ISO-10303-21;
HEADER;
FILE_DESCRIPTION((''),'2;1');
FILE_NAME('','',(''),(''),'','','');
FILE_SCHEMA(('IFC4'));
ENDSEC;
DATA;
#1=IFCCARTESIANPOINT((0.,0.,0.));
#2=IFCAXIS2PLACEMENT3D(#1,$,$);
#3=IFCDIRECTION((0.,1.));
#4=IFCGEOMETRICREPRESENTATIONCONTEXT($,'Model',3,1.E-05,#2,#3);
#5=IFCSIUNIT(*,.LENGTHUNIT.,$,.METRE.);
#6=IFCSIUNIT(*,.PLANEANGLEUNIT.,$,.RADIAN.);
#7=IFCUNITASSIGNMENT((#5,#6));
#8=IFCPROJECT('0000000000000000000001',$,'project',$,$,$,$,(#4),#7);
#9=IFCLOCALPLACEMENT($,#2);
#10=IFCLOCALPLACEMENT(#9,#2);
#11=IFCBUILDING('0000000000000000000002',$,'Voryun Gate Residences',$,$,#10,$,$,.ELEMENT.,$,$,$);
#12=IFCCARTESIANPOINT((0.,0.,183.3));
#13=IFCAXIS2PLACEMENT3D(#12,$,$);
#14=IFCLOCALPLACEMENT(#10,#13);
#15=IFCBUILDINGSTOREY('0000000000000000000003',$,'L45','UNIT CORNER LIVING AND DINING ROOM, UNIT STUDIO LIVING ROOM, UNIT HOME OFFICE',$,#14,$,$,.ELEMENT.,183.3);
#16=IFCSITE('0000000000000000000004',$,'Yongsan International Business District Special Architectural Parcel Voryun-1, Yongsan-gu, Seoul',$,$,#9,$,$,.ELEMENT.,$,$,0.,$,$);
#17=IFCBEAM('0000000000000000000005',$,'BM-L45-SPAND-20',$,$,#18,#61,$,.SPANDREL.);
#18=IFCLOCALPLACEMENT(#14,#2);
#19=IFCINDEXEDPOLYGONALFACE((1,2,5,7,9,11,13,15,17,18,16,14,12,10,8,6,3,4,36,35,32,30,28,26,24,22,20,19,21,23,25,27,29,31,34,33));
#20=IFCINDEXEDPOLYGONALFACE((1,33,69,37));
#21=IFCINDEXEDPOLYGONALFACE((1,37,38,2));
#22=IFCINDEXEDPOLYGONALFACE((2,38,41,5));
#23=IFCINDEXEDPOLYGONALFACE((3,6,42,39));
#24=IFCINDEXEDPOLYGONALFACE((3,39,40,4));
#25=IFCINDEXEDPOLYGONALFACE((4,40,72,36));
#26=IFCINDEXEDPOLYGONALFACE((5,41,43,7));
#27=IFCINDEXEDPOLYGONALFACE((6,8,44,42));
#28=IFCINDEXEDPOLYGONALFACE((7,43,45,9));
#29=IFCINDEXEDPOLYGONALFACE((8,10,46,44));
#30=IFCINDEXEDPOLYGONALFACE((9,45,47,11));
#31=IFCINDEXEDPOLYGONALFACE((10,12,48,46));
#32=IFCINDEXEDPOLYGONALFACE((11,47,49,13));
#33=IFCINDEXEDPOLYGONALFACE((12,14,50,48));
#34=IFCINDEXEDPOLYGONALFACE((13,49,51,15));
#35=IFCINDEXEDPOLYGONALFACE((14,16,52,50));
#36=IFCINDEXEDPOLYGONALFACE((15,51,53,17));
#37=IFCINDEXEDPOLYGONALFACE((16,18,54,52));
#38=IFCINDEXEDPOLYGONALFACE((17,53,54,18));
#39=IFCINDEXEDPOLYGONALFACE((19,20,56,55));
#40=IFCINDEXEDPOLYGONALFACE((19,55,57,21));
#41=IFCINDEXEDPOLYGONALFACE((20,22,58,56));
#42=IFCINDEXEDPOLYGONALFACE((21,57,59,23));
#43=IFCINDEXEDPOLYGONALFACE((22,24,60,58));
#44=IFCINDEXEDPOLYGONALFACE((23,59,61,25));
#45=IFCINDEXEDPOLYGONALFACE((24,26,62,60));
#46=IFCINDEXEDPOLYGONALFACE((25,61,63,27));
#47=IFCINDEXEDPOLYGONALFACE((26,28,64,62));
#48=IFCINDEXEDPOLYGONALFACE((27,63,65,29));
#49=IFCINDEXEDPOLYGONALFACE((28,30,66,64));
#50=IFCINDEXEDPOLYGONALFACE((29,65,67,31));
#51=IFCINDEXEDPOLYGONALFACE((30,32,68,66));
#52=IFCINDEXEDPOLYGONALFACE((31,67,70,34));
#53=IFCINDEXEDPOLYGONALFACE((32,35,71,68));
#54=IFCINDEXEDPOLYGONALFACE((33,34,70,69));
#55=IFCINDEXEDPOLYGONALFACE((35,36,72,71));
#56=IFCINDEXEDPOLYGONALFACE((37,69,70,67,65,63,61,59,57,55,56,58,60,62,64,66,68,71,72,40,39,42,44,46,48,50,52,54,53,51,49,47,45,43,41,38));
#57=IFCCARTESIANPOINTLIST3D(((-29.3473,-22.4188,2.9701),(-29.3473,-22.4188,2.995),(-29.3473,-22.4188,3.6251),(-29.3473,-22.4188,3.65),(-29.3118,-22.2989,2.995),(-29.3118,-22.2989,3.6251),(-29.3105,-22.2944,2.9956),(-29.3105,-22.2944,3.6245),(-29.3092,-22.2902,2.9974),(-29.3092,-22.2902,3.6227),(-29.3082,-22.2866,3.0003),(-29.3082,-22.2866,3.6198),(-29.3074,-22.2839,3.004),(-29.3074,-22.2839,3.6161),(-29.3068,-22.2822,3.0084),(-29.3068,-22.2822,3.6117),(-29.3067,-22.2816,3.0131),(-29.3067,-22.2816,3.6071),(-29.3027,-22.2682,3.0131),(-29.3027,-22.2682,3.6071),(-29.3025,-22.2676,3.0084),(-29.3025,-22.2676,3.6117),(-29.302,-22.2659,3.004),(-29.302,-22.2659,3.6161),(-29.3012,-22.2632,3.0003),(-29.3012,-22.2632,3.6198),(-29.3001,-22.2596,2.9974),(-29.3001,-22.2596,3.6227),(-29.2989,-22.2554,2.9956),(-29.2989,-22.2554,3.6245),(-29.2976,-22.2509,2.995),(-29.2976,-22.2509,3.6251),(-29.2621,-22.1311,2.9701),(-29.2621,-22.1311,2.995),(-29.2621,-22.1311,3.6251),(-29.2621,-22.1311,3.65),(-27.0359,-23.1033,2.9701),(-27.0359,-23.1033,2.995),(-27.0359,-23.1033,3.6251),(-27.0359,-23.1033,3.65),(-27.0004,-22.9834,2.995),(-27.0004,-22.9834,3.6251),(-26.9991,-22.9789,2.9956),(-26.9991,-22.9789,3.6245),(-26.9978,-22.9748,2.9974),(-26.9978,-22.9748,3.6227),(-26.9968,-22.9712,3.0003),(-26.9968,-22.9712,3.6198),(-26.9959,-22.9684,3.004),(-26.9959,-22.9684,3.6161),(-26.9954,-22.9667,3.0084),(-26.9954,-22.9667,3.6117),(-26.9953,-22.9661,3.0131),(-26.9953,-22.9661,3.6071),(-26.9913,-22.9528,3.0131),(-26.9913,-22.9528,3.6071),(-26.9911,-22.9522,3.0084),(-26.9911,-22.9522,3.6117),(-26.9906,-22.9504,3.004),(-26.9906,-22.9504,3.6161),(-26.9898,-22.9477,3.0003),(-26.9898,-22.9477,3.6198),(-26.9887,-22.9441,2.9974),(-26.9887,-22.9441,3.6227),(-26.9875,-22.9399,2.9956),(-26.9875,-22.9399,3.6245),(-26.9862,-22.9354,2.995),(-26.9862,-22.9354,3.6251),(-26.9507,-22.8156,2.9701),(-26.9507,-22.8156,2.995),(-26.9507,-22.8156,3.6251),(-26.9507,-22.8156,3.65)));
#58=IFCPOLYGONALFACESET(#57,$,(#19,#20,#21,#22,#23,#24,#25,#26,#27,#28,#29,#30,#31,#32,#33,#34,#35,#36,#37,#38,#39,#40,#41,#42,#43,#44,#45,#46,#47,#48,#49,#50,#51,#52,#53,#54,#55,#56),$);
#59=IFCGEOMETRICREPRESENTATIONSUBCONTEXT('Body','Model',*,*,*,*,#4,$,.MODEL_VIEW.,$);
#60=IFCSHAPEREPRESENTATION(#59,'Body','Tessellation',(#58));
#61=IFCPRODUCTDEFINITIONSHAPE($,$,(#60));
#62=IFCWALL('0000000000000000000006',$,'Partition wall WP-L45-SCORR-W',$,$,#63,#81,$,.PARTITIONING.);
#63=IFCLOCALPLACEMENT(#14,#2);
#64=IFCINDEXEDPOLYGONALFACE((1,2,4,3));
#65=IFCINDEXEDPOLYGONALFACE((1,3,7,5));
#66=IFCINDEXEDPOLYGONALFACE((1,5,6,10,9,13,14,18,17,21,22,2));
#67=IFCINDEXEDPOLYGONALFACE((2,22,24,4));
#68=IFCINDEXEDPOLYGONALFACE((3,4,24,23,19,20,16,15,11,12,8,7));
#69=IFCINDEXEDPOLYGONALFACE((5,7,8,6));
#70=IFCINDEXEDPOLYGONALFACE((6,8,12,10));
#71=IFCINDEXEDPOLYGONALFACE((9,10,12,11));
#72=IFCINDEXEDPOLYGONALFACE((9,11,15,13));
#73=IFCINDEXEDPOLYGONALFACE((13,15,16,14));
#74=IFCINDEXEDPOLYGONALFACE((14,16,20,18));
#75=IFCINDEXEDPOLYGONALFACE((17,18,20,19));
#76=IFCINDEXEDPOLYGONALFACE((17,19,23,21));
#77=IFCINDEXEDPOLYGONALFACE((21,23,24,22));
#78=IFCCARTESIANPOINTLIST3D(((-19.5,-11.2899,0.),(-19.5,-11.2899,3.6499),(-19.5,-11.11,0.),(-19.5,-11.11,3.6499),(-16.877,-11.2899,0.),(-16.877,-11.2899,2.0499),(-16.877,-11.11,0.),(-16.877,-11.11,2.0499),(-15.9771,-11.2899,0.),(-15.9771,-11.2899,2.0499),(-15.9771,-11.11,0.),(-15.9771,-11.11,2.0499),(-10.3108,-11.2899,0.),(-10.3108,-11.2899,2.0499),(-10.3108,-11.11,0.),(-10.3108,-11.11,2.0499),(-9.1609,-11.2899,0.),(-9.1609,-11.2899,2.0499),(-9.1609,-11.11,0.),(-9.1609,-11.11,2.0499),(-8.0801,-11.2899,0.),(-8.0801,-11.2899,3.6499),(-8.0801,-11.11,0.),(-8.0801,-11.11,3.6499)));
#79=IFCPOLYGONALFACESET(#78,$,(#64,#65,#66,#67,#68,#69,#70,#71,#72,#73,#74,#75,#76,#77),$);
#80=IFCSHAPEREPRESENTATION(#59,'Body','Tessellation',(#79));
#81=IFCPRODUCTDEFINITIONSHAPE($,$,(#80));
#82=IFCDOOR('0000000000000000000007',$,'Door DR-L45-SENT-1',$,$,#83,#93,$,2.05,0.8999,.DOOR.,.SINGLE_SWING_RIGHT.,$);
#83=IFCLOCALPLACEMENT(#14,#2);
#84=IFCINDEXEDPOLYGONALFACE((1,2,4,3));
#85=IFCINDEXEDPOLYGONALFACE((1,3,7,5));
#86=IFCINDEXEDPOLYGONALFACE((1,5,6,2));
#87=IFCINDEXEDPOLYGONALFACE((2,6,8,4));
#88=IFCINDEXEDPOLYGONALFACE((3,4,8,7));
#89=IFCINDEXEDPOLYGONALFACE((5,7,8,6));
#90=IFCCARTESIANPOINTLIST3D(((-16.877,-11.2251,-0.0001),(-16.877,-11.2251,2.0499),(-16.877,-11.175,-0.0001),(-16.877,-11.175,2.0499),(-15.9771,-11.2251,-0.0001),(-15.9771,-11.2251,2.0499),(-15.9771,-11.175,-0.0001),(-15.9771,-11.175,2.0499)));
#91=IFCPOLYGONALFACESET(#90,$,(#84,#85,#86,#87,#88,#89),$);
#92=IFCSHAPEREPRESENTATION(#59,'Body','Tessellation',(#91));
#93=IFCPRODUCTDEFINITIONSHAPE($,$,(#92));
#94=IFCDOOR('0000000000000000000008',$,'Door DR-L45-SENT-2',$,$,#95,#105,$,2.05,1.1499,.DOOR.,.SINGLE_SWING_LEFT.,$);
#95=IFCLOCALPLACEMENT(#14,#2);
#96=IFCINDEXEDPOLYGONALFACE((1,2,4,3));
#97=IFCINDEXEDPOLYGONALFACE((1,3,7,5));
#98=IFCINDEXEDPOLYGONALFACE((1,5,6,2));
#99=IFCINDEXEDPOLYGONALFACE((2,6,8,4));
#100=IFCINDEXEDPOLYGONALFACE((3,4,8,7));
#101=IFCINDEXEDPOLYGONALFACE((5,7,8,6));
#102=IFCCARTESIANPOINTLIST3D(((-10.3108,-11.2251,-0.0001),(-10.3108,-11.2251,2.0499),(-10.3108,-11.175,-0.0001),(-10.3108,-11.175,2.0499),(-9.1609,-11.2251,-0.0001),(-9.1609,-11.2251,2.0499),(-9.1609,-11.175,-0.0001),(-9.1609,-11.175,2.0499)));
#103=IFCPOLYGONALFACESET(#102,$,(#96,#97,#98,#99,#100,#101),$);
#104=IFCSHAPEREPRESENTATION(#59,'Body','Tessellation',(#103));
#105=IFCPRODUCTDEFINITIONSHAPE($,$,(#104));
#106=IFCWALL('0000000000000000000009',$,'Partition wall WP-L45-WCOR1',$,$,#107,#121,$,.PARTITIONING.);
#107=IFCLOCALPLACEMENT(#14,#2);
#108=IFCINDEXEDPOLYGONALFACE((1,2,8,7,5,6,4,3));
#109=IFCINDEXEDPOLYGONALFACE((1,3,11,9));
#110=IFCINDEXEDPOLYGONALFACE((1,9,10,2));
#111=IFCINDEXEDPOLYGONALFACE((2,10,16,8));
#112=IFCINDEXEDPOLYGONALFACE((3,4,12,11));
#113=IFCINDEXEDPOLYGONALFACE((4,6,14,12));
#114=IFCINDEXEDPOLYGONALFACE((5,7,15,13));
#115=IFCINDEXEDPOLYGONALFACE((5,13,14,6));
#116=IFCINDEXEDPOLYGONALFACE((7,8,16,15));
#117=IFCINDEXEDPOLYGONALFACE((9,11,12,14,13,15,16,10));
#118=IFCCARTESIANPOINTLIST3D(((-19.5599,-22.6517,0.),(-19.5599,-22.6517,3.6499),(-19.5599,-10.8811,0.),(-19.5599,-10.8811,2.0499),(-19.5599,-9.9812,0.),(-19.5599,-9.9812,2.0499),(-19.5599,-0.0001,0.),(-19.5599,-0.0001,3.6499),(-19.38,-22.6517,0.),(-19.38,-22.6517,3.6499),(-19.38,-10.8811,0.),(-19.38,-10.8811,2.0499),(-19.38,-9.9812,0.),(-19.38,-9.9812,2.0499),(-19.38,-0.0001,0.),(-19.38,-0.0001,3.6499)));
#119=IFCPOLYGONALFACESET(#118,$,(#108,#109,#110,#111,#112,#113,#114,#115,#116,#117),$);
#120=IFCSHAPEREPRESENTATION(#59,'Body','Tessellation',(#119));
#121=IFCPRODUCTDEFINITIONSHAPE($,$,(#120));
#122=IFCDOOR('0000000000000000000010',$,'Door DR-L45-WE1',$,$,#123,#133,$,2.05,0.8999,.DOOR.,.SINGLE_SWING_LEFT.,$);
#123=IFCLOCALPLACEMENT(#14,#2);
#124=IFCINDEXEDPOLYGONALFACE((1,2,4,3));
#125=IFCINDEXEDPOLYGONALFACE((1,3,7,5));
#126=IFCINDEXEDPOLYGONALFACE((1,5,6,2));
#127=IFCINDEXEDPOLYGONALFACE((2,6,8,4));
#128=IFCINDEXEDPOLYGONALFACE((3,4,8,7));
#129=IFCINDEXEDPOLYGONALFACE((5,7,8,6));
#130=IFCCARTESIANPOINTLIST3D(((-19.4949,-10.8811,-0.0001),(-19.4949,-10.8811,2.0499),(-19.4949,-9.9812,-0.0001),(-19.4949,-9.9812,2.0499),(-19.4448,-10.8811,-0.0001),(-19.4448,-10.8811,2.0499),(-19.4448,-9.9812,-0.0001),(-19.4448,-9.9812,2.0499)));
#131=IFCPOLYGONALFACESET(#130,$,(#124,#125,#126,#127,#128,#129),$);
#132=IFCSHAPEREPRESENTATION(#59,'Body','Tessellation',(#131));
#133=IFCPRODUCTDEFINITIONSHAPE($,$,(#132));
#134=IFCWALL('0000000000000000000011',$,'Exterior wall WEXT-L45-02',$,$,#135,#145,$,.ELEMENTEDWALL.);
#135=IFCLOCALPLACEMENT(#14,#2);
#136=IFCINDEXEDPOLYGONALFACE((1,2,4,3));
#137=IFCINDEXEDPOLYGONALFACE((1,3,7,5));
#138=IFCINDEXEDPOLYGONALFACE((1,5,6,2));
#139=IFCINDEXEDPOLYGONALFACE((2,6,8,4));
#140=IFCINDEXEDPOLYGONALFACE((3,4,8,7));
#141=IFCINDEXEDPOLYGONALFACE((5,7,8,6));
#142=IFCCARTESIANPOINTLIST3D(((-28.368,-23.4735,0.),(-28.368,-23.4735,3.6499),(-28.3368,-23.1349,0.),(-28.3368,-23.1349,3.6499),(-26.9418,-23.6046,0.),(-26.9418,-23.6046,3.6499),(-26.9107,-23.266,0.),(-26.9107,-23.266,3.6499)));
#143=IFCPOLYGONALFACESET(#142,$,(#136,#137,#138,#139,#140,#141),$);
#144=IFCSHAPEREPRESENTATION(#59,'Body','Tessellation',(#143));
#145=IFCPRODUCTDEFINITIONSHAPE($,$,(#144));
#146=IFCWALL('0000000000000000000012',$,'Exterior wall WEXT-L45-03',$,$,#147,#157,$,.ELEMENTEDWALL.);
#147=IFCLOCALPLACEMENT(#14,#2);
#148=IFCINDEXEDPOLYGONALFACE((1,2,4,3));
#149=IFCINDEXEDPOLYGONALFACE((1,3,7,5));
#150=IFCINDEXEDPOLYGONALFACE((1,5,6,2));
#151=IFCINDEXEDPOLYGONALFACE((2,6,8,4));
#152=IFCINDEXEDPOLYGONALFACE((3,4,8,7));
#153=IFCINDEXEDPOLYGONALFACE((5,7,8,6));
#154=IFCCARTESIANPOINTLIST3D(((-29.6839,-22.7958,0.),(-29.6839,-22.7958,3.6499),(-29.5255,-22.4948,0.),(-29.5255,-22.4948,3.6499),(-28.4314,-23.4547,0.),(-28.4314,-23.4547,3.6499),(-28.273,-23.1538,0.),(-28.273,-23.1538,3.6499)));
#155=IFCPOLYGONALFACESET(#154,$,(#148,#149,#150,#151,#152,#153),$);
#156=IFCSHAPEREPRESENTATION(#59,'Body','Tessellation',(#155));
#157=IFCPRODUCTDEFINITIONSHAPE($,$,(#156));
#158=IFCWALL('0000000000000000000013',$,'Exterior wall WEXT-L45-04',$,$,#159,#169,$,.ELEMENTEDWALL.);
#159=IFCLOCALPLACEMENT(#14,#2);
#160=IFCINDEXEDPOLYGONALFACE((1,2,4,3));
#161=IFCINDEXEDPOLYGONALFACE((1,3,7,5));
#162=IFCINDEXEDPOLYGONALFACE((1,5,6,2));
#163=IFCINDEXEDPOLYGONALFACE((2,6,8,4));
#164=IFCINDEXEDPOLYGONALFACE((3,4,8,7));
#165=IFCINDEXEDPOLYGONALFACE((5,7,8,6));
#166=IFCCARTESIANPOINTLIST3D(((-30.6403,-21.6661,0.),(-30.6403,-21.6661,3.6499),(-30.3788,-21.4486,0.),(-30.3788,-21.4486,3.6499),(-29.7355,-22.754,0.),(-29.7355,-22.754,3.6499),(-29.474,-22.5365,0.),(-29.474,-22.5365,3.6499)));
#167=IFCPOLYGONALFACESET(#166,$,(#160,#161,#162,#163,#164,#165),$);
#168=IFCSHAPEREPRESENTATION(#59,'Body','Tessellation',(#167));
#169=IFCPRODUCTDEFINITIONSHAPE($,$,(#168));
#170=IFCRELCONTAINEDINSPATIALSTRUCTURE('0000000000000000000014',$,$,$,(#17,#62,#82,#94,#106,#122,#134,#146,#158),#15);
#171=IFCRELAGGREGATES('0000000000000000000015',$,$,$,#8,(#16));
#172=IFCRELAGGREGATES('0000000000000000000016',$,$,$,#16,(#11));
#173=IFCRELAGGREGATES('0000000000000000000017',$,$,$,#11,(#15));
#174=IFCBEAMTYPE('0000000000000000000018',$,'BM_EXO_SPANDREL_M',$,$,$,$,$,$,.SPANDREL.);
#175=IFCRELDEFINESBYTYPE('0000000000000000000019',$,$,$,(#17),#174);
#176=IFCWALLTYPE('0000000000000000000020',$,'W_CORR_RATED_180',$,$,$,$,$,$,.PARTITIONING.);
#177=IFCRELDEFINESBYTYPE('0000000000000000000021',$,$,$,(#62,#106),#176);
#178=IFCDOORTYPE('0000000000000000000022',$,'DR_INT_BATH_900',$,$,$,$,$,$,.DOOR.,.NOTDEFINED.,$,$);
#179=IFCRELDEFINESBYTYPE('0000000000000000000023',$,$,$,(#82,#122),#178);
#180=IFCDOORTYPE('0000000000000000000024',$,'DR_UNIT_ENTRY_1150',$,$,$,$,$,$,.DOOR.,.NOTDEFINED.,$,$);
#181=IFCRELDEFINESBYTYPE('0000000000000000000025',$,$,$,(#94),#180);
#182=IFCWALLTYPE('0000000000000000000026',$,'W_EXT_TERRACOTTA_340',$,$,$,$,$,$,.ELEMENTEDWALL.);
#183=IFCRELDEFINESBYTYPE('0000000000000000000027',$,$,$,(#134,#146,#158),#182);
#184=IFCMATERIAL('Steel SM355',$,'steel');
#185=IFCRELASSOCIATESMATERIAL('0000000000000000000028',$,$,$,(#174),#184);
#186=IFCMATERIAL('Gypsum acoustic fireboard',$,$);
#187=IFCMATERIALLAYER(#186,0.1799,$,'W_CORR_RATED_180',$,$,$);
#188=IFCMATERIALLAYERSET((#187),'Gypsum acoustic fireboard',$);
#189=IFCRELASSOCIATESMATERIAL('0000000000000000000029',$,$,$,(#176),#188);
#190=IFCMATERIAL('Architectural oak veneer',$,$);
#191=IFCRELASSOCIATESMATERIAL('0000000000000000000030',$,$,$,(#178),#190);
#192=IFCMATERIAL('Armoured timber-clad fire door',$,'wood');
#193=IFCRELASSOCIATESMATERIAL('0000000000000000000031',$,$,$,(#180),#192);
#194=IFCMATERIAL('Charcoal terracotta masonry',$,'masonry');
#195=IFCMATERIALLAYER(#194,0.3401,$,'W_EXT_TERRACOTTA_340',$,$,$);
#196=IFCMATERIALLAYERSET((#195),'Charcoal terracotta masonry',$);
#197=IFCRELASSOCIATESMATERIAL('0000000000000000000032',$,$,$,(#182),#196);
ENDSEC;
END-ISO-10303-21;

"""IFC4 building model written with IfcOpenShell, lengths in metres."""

from ifc_helpers import new_model, si_unit, direction, frame, frame_2d, origin, origin_2d, place, context, subcontext, project, spatial, rectangle, i_section, extrude, material, layer, layer_set, material_profile, profile_set, type_object, element, fill, save


model = new_model("IFC4")

# Units and contexts
model_context = context("Model", 3, precision=1e-05, world=origin(), true_north=direction((0.0, 1.0)))
body_context = subcontext(model_context, "Body", "Model", "MODEL_VIEW")
ifc_project = project(units=[si_unit("LENGTHUNIT", "METRE"), si_unit("PLANEANGLEUNIT", "RADIAN")], contexts=[model_context])

# Site, building, storey
site_placement = place(None, origin())
site = spatial("IfcSite", under=ifc_project, at=site_placement, Name="Yongsan International Business District Special Architectural Parcel Voryun-1, Yongsan-gu, Seoul", CompositionType="ELEMENT", RefElevation=0.0)
building_placement = place(site_placement, origin())
building = spatial("IfcBuilding", under=site, at=building_placement, Name="Voryun Gate Residences", CompositionType="ELEMENT")
storey_placement = place(building_placement, frame((0.0, 0.0, 183.3)))
storey = spatial("IfcBuildingStorey", under=building, at=storey_placement, Name="L45", Description="UNIT CORNER LIVING AND DINING ROOM, UNIT STUDIO LIVING ROOM, UNIT HOME OFFICE", CompositionType="ELEMENT", Elevation=183.3)

# Beam
ifc_material_1 = material(Name="Steel SM355", Category="steel")
ifc_material_profile_1 = material_profile(ifc_material_1, i_section(OverallWidth=0.3, OverallDepth=0.6799, WebThickness=0.0139, FlangeThickness=0.0249, FilletRadius=0.0181, at=origin_2d()), Name="H-680x300x14x25")
ifc_profile_set_1 = profile_set([ifc_material_profile_1], Name="Steel SM355")
beam_type = type_object("IfcBeamType", Name="BM_EXO_SPANDREL_M", PredefinedType="SPANDREL", material=ifc_profile_set_1)
beam_1_placement = place(storey_placement, frame((-29.3047, -22.2749, 3.3101), z_axis=(0.958835, -0.283964, 0.0), x_axis=(0.283964, 0.958835, 0.0)))
element("IfcBeam", 1, at=beam_1_placement, inside=storey, type_object=beam_type, Name="BM-L45-SPAND-20", PredefinedType="SPANDREL", context=body_context, shape_type="SweptSolid", body=[
    extrude(i_section(OverallWidth=0.3, OverallDepth=0.6799, WebThickness=0.0139, FlangeThickness=0.0249, FilletRadius=0.0181, at=origin_2d()), origin(), (0.0, 0.0, 1.0), 2.4106),
])

# Wall, openings, doors
ifc_material_2 = material(Name="Gypsum acoustic fireboard")
ifc_layer_1 = layer(ifc_material_2, 0.1799, Name="W_CORR_RATED_180")
ifc_layer_set_1 = layer_set([ifc_layer_1], Name="Gypsum acoustic fireboard")
wall_type_1 = type_object("IfcWallType", Name="W_CORR_RATED_180", PredefinedType="PARTITIONING", material=ifc_layer_set_1)
wall_1_placement = place(storey_placement, frame((-19.5, -11.2, 0.0), z_axis=(0.0, 0.0, 1.0), x_axis=(1.0, 0.0, 0.0)))
wall_1 = element("IfcWall", 2, at=wall_1_placement, inside=storey, type_object=wall_type_1, Name="Partition wall WP-L45-SCORR-W", PredefinedType="PARTITIONING", context=body_context, shape_type="SweptSolid", body=[
    extrude(rectangle(XDim=11.4199, YDim=0.1799, at=frame_2d((5.71, 0.0))), origin(), (0.0, 0.0, 1.0), 3.6499),
])
opening_1_placement = place(wall_1_placement, frame((2.623, 0.0, 0.0)))
opening_1 = element("IfcOpeningElement", 3, at=opening_1_placement, cuts=wall_1, PredefinedType="OPENING", context=body_context, shape_type="SweptSolid", body=[
    extrude(rectangle(XDim=0.8999, YDim=2.05, at=frame_2d((0.45, 1.0249))), frame((0.0, 0.0999, 0.0), z_axis=(0.0, -1.0, 0.0), x_axis=(1.0, 0.0, 0.0)), (0.0, 0.0, 1.0), 0.2),
])
opening_2_placement = place(wall_1_placement, frame((9.1892, 0.0, 0.0)))
opening_2 = element("IfcOpeningElement", 4, at=opening_2_placement, cuts=wall_1, PredefinedType="OPENING", context=body_context, shape_type="SweptSolid", body=[
    extrude(rectangle(XDim=1.1499, YDim=2.05, at=frame_2d((0.575, 1.0249))), frame((0.0, 0.0999, 0.0), z_axis=(0.0, -1.0, 0.0), x_axis=(1.0, 0.0, 0.0)), (0.0, 0.0, 1.0), 0.2),
])
ifc_material_3 = material(Name="Architectural oak veneer")
door_type_1 = type_object("IfcDoorType", Name="DR_INT_BATH_900", OperationType="NOTDEFINED", PredefinedType="DOOR", material=ifc_material_3)
door_1_placement = place(opening_1_placement, origin())
door_1 = element("IfcDoor", 5, at=door_1_placement, inside=storey, type_object=door_type_1, Name="Door DR-L45-SENT-1", OperationType="SINGLE_SWING_RIGHT", OverallHeight=2.05, OverallWidth=0.8999, PredefinedType="DOOR", context=body_context, shape_type="SweptSolid", body=[
    extrude(rectangle(XDim=0.8999, YDim=2.05, at=frame_2d((0.45, 1.0249))), frame((0.0, 0.0249, 0.0), z_axis=(0.0, -1.0, 0.0), x_axis=(1.0, 0.0, 0.0)), (0.0, 0.0, 1.0), 0.05),
])
fill(opening_1, door_1)
ifc_material_4 = material(Name="Armoured timber-clad fire door", Category="wood")
door_type_2 = type_object("IfcDoorType", Name="DR_UNIT_ENTRY_1150", OperationType="NOTDEFINED", PredefinedType="DOOR", material=ifc_material_4)
door_2_placement = place(opening_2_placement, origin())
door_2 = element("IfcDoor", 6, at=door_2_placement, inside=storey, type_object=door_type_2, Name="Door DR-L45-SENT-2", OperationType="SINGLE_SWING_LEFT", OverallHeight=2.05, OverallWidth=1.1499, PredefinedType="DOOR", context=body_context, shape_type="SweptSolid", body=[
    extrude(rectangle(XDim=1.1499, YDim=2.05, at=frame_2d((0.575, 1.0249))), frame((0.0, 0.0249, 0.0), z_axis=(0.0, -1.0, 0.0), x_axis=(1.0, 0.0, 0.0)), (0.0, 0.0, 1.0), 0.05),
])
fill(opening_2, door_2)

# Wall, opening, door
wall_2_placement = place(storey_placement, frame((-19.47, -22.6516, 0.0), z_axis=(0.0, 0.0, 1.0), x_axis=(0.0, 1.0, 0.0)))
wall_2 = element("IfcWall", 7, at=wall_2_placement, inside=storey, type_object=wall_type_1, Name="Partition wall WP-L45-WCOR1", PredefinedType="PARTITIONING", context=body_context, shape_type="SweptSolid", body=[
    extrude(rectangle(XDim=22.6516, YDim=0.1799, at=frame_2d((11.3257, 0.0))), origin(), (0.0, 0.0, 1.0), 3.6499),
])
opening_3_placement = place(wall_2_placement, frame((11.7705, 0.0, 0.0)))
opening_3 = element("IfcOpeningElement", 8, at=opening_3_placement, cuts=wall_2, PredefinedType="OPENING", context=body_context, shape_type="SweptSolid", body=[
    extrude(rectangle(XDim=0.8999, YDim=2.05, at=frame_2d((0.45, 1.0249))), frame((0.0, 0.0999, 0.0), z_axis=(0.0, -1.0, 0.0), x_axis=(1.0, 0.0, 0.0)), (0.0, 0.0, 1.0), 0.2),
])
door_3_placement = place(opening_3_placement, origin())
door_3 = element("IfcDoor", 9, at=door_3_placement, inside=storey, type_object=door_type_1, Name="Door DR-L45-WE1", OperationType="SINGLE_SWING_LEFT", OverallHeight=2.05, OverallWidth=0.8999, PredefinedType="DOOR", context=body_context, shape_type="SweptSolid", body=[
    extrude(rectangle(XDim=0.8999, YDim=2.05, at=frame_2d((0.45, 1.0249))), frame((0.0, 0.0249, 0.0), z_axis=(0.0, -1.0, 0.0), x_axis=(1.0, 0.0, 0.0)), (0.0, 0.0, 1.0), 0.05),
])
fill(opening_3, door_3)

# Walls
ifc_material_5 = material(Name="Charcoal terracotta masonry", Category="masonry")
ifc_layer_2 = layer(ifc_material_5, 0.3401, Name="W_EXT_TERRACOTTA_340")
ifc_layer_set_2 = layer_set([ifc_layer_2], Name="Charcoal terracotta masonry")
wall_type_2 = type_object("IfcWallType", Name="W_EXT_TERRACOTTA_340", PredefinedType="ELEMENTEDWALL", material=ifc_layer_set_2)
wall_3_placement = place(storey_placement, frame((-26.9263, -23.4353, 0.0), z_axis=(0.0, 0.0, 1.0), x_axis=(-0.9958, 0.09155, 0.0)))
element("IfcWall", 10, at=wall_3_placement, inside=storey, type_object=wall_type_2, Name="Exterior wall WEXT-L45-02", PredefinedType="ELEMENTEDWALL", context=body_context, shape_type="SweptSolid", body=[
    extrude(rectangle(XDim=1.4321, YDim=0.3401, at=frame_2d((0.7161, 0.0))), origin(), (0.0, 0.0, 1.0), 3.6499),
])
wall_4_placement = place(storey_placement, frame((-28.3523, -23.3042, 0.0), z_axis=(0.0, 0.0, 1.0), x_axis=(-0.884989, 0.465611, 0.0)))
element("IfcWall", 11, at=wall_4_placement, inside=storey, type_object=wall_type_2, Name="Exterior wall WEXT-L45-03", PredefinedType="ELEMENTEDWALL", context=body_context, shape_type="SweptSolid", body=[
    extrude(rectangle(XDim=1.4153, YDim=0.3401, at=frame_2d((0.7075, 0.0))), origin(), (0.0, 0.0, 1.0), 3.6499),
])
wall_5_placement = place(storey_placement, frame((-29.6047, -22.6453, 0.0), z_axis=(0.0, 0.0, 1.0), x_axis=(-0.639437, 0.768843, 0.0)))
element("IfcWall", 12, at=wall_5_placement, inside=storey, type_object=wall_type_2, Name="Exterior wall WEXT-L45-04", PredefinedType="ELEMENTEDWALL", context=body_context, shape_type="SweptSolid", body=[
    extrude(rectangle(XDim=1.415, YDim=0.3401, at=frame_2d((0.7075, 0.0))), origin(), (0.0, 0.0, 1.0), 3.6499),
])

save(model, "model.ifc")
